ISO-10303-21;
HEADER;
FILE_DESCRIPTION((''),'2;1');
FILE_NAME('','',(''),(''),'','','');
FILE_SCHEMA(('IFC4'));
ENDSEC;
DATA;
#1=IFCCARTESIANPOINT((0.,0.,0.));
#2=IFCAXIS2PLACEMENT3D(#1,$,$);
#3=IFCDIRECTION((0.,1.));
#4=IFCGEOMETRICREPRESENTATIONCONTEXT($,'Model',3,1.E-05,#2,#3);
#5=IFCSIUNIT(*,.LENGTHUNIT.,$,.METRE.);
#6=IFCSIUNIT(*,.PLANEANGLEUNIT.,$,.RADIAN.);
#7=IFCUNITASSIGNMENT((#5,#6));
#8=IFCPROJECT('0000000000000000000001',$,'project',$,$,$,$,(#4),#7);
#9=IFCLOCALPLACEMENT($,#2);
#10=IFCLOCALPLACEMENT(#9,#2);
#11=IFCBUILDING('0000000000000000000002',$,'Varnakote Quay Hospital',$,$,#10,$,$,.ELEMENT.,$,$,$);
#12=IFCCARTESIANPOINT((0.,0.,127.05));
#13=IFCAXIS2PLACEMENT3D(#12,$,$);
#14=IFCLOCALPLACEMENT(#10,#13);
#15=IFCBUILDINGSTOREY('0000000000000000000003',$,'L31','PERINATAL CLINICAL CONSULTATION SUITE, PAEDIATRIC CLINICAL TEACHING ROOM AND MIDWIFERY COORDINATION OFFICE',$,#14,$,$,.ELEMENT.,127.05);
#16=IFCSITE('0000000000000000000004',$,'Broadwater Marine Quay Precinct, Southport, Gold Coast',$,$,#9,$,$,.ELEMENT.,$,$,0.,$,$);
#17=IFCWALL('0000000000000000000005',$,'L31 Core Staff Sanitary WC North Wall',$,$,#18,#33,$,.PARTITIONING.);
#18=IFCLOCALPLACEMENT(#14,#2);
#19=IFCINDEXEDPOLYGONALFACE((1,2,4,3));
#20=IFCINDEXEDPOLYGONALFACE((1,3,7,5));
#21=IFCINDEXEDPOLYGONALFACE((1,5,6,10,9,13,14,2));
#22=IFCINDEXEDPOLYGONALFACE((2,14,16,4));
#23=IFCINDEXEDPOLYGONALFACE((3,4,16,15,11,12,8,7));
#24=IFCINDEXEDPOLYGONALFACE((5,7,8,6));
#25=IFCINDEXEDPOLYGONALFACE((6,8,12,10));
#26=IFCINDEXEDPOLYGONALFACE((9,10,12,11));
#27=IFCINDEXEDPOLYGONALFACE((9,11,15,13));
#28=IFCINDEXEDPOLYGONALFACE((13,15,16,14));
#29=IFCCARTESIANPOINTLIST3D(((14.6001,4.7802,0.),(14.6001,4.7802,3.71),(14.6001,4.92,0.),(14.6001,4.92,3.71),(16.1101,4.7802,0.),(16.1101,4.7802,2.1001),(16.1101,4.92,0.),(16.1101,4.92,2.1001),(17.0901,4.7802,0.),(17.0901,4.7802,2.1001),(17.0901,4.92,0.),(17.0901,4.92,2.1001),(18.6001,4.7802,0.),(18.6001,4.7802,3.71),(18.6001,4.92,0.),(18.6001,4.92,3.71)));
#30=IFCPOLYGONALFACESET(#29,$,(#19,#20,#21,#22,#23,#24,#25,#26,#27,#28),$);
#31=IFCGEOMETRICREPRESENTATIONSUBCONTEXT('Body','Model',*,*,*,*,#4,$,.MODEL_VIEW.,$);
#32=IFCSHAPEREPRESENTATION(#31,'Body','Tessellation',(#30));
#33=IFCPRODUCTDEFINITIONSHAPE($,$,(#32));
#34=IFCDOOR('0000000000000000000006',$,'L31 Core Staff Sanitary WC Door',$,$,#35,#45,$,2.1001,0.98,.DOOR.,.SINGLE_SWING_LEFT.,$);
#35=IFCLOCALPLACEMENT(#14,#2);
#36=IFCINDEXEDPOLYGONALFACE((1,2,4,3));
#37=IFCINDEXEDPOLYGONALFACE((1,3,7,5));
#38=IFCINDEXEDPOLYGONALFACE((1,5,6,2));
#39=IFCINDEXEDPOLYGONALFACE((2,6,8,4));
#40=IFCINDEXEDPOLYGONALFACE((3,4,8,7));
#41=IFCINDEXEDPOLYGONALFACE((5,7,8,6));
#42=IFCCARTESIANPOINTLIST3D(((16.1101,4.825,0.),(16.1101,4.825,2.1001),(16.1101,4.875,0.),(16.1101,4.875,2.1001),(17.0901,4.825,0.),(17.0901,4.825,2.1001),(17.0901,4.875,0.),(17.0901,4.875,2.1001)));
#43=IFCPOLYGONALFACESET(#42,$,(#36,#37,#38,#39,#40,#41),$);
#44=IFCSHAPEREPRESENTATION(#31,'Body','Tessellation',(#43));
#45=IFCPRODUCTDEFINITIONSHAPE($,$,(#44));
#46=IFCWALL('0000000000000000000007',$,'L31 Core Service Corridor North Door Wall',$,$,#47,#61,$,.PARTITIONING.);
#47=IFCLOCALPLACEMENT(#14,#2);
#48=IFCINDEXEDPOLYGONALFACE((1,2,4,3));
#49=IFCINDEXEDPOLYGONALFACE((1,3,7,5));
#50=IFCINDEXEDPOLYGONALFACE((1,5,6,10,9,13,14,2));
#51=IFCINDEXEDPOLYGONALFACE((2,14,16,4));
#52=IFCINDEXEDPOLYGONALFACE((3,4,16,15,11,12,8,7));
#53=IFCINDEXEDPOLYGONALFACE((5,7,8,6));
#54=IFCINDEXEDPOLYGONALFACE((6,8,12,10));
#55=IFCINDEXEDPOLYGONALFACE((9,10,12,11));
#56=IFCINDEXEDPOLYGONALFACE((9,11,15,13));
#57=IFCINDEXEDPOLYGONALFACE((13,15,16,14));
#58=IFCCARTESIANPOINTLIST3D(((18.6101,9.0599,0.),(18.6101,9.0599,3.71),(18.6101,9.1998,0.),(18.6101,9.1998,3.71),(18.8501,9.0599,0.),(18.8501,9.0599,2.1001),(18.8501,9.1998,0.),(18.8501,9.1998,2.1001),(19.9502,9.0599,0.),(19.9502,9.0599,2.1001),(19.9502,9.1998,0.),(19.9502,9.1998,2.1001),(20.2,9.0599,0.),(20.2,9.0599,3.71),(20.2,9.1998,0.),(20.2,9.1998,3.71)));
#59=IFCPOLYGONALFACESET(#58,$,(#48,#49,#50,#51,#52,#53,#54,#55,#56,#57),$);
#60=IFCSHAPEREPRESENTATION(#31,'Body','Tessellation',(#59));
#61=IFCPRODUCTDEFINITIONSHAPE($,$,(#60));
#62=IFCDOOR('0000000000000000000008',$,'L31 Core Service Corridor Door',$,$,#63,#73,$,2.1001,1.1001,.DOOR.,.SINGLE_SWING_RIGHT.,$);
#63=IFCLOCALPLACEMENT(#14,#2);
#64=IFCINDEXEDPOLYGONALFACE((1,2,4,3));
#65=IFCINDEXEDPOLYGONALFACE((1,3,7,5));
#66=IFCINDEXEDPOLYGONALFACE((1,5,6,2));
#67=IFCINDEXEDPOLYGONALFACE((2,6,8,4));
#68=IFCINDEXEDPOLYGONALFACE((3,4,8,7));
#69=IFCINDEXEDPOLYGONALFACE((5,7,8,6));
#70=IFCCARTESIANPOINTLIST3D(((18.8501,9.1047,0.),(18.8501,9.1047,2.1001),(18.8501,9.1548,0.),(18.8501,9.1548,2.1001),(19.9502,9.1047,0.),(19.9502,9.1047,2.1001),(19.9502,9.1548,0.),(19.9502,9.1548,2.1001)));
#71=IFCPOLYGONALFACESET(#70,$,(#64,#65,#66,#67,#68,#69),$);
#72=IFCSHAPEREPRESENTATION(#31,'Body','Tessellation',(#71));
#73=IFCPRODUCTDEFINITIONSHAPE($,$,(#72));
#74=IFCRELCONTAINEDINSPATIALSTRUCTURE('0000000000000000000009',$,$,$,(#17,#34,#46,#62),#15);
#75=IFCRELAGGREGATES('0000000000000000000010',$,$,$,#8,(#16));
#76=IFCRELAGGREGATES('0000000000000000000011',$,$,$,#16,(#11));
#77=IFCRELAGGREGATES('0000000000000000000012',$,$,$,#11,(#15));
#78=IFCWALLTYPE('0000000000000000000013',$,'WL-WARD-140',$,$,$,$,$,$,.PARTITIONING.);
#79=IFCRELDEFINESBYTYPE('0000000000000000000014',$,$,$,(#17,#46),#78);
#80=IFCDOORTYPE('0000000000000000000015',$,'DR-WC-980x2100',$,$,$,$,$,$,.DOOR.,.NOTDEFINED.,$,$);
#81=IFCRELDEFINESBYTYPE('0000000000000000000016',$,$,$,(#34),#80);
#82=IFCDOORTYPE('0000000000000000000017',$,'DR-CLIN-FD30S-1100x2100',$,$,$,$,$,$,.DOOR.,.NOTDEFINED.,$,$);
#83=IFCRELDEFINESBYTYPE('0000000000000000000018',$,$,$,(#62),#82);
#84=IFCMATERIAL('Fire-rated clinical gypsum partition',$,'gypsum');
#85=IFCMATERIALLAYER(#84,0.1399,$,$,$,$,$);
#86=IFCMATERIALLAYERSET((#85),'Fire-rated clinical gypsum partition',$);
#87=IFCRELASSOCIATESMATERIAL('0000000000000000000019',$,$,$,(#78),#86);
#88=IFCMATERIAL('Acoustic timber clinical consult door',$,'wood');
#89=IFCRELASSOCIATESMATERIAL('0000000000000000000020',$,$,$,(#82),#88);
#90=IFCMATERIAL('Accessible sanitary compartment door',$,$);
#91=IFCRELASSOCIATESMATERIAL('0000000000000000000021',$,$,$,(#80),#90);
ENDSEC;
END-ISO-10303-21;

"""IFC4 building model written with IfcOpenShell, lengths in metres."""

from ifc_helpers import new_model, si_unit, direction, frame, frame_2d, origin, place, context, subcontext, project, spatial, rectangle, extrude, material, layer, layer_set, type_object, element, fill, save


model = new_model("IFC4")

# Units and contexts
model_context = context("Model", 3, precision=1e-05, world=origin(), true_north=direction((0.0, 1.0)))
body_context = subcontext(model_context, "Body", "Model", "MODEL_VIEW")
ifc_project = project(units=[si_unit("LENGTHUNIT", "METRE"), si_unit("PLANEANGLEUNIT", "RADIAN")], contexts=[model_context])

# Site, building, storey
site_placement = place(None, origin())
site = spatial("IfcSite", under=ifc_project, at=site_placement, Name="Broadwater Marine Quay Precinct, Southport, Gold Coast", CompositionType="ELEMENT", RefElevation=0.0)
building_placement = place(site_placement, origin())
building = spatial("IfcBuilding", under=site, at=building_placement, Name="Varnakote Quay Hospital", CompositionType="ELEMENT")
storey_placement = place(building_placement, frame((0.0, 0.0, 127.05)))
storey = spatial("IfcBuildingStorey", under=building, at=storey_placement, Name="L31", Description="PERINATAL CLINICAL CONSULTATION SUITE, PAEDIATRIC CLINICAL TEACHING ROOM AND MIDWIFERY COORDINATION OFFICE", CompositionType="ELEMENT", Elevation=127.05)

# Walls, openings, doors
ifc_material_1 = material(Name="Fire-rated clinical gypsum partition", Category="gypsum")
ifc_layer_1 = layer(ifc_material_1, 0.1399)
ifc_layer_set_1 = layer_set([ifc_layer_1], Name="Fire-rated clinical gypsum partition")
wall_type_1 = type_object("IfcWallType", Name="WL-WARD-140", PredefinedType="PARTITIONING", material=ifc_layer_set_1)
ifc_material_2 = material(Name="Acoustic timber clinical consult door", Category="wood")
door_type_1 = type_object("IfcDoorType", Name="DR-CLIN-FD30S-1100x2100", OperationType="NOTDEFINED", PredefinedType="DOOR", material=ifc_material_2)
wall_1_placement = place(storey_placement, frame((14.6001, 4.8501, 0.0), z_axis=(0.0, 0.0, 1.0), x_axis=(1.0, 0.0, 0.0)))
wall_1 = element("IfcWall", 1, at=wall_1_placement, inside=storey, type_object=wall_type_1, Name="L31 Core Staff Sanitary WC North Wall", PredefinedType="PARTITIONING", context=body_context, shape_type="SweptSolid", body=[
    extrude(rectangle(XDim=4.0, YDim=0.1399, at=frame_2d((2.0, 0.0))), origin(), (0.0, 0.0, 1.0), 3.71),
])
opening_1_placement = place(wall_1_placement, frame((1.51, 0.0, 0.0)))
opening_1 = element("IfcOpeningElement", 2, at=opening_1_placement, cuts=wall_1, PredefinedType="OPENING", context=body_context, shape_type="SweptSolid", body=[
    extrude(rectangle(XDim=0.98, YDim=2.1001, at=frame_2d((0.49, 1.05))), frame((0.0, 0.0798, 0.0), z_axis=(0.0, -1.0, 0.0), x_axis=(1.0, 0.0, 0.0)), (0.0, 0.0, 1.0), 0.1599),
])
ifc_material_3 = material(Name="Accessible sanitary compartment door")
door_type_2 = type_object("IfcDoorType", Name="DR-WC-980x2100", OperationType="NOTDEFINED", PredefinedType="DOOR", material=ifc_material_3)
door_1_placement = place(opening_1_placement, origin())
door_1 = element("IfcDoor", 3, at=door_1_placement, inside=storey, type_object=door_type_2, Name="L31 Core Staff Sanitary WC Door", OperationType="SINGLE_SWING_LEFT", OverallHeight=2.1001, OverallWidth=0.98, PredefinedType="DOOR", context=body_context, shape_type="SweptSolid", body=[
    extrude(rectangle(XDim=0.98, YDim=2.1001, at=frame_2d((0.49, 1.05))), frame((0.0, 0.0249, 0.0), z_axis=(0.0, -1.0, 0.0), x_axis=(1.0, 0.0, 0.0)), (0.0, 0.0, 1.0), 0.05),
])
fill(opening_1, door_1)
wall_2_placement = place(storey_placement, frame((18.6101, 9.1299, 0.0), z_axis=(0.0, 0.0, 1.0), x_axis=(1.0, 0.0, 0.0)))
wall_2 = element("IfcWall", 4, at=wall_2_placement, inside=storey, type_object=wall_type_1, Name="L31 Core Service Corridor North Door Wall", PredefinedType="PARTITIONING", context=body_context, shape_type="SweptSolid", body=[
    extrude(rectangle(XDim=1.5898, YDim=0.1399, at=frame_2d((0.7949, 0.0))), origin(), (0.0, 0.0, 1.0), 3.71),
])
opening_2_placement = place(wall_2_placement, frame((0.24, 0.0, 0.0)))
opening_2 = element("IfcOpeningElement", 5, at=opening_2_placement, cuts=wall_2, PredefinedType="OPENING", context=body_context, shape_type="SweptSolid", body=[
    extrude(rectangle(XDim=1.1001, YDim=2.1001, at=frame_2d((0.55, 1.05))), frame((0.0, 0.0798, 0.0), z_axis=(0.0, -1.0, 0.0), x_axis=(1.0, 0.0, 0.0)), (0.0, 0.0, 1.0), 0.1599),
])
door_2_placement = place(opening_2_placement, origin())
door_2 = element("IfcDoor", 6, at=door_2_placement, inside=storey, type_object=door_type_1, Name="L31 Core Service Corridor Door", OperationType="SINGLE_SWING_RIGHT", OverallHeight=2.1001, OverallWidth=1.1001, PredefinedType="DOOR", context=body_context, shape_type="SweptSolid", body=[
    extrude(rectangle(XDim=1.1001, YDim=2.1001, at=frame_2d((0.55, 1.05))), frame((0.0, 0.0249, 0.0), z_axis=(0.0, -1.0, 0.0), x_axis=(1.0, 0.0, 0.0)), (0.0, 0.0, 1.0), 0.05),
])
fill(opening_2, door_2)

save(model, "model.ifc")
